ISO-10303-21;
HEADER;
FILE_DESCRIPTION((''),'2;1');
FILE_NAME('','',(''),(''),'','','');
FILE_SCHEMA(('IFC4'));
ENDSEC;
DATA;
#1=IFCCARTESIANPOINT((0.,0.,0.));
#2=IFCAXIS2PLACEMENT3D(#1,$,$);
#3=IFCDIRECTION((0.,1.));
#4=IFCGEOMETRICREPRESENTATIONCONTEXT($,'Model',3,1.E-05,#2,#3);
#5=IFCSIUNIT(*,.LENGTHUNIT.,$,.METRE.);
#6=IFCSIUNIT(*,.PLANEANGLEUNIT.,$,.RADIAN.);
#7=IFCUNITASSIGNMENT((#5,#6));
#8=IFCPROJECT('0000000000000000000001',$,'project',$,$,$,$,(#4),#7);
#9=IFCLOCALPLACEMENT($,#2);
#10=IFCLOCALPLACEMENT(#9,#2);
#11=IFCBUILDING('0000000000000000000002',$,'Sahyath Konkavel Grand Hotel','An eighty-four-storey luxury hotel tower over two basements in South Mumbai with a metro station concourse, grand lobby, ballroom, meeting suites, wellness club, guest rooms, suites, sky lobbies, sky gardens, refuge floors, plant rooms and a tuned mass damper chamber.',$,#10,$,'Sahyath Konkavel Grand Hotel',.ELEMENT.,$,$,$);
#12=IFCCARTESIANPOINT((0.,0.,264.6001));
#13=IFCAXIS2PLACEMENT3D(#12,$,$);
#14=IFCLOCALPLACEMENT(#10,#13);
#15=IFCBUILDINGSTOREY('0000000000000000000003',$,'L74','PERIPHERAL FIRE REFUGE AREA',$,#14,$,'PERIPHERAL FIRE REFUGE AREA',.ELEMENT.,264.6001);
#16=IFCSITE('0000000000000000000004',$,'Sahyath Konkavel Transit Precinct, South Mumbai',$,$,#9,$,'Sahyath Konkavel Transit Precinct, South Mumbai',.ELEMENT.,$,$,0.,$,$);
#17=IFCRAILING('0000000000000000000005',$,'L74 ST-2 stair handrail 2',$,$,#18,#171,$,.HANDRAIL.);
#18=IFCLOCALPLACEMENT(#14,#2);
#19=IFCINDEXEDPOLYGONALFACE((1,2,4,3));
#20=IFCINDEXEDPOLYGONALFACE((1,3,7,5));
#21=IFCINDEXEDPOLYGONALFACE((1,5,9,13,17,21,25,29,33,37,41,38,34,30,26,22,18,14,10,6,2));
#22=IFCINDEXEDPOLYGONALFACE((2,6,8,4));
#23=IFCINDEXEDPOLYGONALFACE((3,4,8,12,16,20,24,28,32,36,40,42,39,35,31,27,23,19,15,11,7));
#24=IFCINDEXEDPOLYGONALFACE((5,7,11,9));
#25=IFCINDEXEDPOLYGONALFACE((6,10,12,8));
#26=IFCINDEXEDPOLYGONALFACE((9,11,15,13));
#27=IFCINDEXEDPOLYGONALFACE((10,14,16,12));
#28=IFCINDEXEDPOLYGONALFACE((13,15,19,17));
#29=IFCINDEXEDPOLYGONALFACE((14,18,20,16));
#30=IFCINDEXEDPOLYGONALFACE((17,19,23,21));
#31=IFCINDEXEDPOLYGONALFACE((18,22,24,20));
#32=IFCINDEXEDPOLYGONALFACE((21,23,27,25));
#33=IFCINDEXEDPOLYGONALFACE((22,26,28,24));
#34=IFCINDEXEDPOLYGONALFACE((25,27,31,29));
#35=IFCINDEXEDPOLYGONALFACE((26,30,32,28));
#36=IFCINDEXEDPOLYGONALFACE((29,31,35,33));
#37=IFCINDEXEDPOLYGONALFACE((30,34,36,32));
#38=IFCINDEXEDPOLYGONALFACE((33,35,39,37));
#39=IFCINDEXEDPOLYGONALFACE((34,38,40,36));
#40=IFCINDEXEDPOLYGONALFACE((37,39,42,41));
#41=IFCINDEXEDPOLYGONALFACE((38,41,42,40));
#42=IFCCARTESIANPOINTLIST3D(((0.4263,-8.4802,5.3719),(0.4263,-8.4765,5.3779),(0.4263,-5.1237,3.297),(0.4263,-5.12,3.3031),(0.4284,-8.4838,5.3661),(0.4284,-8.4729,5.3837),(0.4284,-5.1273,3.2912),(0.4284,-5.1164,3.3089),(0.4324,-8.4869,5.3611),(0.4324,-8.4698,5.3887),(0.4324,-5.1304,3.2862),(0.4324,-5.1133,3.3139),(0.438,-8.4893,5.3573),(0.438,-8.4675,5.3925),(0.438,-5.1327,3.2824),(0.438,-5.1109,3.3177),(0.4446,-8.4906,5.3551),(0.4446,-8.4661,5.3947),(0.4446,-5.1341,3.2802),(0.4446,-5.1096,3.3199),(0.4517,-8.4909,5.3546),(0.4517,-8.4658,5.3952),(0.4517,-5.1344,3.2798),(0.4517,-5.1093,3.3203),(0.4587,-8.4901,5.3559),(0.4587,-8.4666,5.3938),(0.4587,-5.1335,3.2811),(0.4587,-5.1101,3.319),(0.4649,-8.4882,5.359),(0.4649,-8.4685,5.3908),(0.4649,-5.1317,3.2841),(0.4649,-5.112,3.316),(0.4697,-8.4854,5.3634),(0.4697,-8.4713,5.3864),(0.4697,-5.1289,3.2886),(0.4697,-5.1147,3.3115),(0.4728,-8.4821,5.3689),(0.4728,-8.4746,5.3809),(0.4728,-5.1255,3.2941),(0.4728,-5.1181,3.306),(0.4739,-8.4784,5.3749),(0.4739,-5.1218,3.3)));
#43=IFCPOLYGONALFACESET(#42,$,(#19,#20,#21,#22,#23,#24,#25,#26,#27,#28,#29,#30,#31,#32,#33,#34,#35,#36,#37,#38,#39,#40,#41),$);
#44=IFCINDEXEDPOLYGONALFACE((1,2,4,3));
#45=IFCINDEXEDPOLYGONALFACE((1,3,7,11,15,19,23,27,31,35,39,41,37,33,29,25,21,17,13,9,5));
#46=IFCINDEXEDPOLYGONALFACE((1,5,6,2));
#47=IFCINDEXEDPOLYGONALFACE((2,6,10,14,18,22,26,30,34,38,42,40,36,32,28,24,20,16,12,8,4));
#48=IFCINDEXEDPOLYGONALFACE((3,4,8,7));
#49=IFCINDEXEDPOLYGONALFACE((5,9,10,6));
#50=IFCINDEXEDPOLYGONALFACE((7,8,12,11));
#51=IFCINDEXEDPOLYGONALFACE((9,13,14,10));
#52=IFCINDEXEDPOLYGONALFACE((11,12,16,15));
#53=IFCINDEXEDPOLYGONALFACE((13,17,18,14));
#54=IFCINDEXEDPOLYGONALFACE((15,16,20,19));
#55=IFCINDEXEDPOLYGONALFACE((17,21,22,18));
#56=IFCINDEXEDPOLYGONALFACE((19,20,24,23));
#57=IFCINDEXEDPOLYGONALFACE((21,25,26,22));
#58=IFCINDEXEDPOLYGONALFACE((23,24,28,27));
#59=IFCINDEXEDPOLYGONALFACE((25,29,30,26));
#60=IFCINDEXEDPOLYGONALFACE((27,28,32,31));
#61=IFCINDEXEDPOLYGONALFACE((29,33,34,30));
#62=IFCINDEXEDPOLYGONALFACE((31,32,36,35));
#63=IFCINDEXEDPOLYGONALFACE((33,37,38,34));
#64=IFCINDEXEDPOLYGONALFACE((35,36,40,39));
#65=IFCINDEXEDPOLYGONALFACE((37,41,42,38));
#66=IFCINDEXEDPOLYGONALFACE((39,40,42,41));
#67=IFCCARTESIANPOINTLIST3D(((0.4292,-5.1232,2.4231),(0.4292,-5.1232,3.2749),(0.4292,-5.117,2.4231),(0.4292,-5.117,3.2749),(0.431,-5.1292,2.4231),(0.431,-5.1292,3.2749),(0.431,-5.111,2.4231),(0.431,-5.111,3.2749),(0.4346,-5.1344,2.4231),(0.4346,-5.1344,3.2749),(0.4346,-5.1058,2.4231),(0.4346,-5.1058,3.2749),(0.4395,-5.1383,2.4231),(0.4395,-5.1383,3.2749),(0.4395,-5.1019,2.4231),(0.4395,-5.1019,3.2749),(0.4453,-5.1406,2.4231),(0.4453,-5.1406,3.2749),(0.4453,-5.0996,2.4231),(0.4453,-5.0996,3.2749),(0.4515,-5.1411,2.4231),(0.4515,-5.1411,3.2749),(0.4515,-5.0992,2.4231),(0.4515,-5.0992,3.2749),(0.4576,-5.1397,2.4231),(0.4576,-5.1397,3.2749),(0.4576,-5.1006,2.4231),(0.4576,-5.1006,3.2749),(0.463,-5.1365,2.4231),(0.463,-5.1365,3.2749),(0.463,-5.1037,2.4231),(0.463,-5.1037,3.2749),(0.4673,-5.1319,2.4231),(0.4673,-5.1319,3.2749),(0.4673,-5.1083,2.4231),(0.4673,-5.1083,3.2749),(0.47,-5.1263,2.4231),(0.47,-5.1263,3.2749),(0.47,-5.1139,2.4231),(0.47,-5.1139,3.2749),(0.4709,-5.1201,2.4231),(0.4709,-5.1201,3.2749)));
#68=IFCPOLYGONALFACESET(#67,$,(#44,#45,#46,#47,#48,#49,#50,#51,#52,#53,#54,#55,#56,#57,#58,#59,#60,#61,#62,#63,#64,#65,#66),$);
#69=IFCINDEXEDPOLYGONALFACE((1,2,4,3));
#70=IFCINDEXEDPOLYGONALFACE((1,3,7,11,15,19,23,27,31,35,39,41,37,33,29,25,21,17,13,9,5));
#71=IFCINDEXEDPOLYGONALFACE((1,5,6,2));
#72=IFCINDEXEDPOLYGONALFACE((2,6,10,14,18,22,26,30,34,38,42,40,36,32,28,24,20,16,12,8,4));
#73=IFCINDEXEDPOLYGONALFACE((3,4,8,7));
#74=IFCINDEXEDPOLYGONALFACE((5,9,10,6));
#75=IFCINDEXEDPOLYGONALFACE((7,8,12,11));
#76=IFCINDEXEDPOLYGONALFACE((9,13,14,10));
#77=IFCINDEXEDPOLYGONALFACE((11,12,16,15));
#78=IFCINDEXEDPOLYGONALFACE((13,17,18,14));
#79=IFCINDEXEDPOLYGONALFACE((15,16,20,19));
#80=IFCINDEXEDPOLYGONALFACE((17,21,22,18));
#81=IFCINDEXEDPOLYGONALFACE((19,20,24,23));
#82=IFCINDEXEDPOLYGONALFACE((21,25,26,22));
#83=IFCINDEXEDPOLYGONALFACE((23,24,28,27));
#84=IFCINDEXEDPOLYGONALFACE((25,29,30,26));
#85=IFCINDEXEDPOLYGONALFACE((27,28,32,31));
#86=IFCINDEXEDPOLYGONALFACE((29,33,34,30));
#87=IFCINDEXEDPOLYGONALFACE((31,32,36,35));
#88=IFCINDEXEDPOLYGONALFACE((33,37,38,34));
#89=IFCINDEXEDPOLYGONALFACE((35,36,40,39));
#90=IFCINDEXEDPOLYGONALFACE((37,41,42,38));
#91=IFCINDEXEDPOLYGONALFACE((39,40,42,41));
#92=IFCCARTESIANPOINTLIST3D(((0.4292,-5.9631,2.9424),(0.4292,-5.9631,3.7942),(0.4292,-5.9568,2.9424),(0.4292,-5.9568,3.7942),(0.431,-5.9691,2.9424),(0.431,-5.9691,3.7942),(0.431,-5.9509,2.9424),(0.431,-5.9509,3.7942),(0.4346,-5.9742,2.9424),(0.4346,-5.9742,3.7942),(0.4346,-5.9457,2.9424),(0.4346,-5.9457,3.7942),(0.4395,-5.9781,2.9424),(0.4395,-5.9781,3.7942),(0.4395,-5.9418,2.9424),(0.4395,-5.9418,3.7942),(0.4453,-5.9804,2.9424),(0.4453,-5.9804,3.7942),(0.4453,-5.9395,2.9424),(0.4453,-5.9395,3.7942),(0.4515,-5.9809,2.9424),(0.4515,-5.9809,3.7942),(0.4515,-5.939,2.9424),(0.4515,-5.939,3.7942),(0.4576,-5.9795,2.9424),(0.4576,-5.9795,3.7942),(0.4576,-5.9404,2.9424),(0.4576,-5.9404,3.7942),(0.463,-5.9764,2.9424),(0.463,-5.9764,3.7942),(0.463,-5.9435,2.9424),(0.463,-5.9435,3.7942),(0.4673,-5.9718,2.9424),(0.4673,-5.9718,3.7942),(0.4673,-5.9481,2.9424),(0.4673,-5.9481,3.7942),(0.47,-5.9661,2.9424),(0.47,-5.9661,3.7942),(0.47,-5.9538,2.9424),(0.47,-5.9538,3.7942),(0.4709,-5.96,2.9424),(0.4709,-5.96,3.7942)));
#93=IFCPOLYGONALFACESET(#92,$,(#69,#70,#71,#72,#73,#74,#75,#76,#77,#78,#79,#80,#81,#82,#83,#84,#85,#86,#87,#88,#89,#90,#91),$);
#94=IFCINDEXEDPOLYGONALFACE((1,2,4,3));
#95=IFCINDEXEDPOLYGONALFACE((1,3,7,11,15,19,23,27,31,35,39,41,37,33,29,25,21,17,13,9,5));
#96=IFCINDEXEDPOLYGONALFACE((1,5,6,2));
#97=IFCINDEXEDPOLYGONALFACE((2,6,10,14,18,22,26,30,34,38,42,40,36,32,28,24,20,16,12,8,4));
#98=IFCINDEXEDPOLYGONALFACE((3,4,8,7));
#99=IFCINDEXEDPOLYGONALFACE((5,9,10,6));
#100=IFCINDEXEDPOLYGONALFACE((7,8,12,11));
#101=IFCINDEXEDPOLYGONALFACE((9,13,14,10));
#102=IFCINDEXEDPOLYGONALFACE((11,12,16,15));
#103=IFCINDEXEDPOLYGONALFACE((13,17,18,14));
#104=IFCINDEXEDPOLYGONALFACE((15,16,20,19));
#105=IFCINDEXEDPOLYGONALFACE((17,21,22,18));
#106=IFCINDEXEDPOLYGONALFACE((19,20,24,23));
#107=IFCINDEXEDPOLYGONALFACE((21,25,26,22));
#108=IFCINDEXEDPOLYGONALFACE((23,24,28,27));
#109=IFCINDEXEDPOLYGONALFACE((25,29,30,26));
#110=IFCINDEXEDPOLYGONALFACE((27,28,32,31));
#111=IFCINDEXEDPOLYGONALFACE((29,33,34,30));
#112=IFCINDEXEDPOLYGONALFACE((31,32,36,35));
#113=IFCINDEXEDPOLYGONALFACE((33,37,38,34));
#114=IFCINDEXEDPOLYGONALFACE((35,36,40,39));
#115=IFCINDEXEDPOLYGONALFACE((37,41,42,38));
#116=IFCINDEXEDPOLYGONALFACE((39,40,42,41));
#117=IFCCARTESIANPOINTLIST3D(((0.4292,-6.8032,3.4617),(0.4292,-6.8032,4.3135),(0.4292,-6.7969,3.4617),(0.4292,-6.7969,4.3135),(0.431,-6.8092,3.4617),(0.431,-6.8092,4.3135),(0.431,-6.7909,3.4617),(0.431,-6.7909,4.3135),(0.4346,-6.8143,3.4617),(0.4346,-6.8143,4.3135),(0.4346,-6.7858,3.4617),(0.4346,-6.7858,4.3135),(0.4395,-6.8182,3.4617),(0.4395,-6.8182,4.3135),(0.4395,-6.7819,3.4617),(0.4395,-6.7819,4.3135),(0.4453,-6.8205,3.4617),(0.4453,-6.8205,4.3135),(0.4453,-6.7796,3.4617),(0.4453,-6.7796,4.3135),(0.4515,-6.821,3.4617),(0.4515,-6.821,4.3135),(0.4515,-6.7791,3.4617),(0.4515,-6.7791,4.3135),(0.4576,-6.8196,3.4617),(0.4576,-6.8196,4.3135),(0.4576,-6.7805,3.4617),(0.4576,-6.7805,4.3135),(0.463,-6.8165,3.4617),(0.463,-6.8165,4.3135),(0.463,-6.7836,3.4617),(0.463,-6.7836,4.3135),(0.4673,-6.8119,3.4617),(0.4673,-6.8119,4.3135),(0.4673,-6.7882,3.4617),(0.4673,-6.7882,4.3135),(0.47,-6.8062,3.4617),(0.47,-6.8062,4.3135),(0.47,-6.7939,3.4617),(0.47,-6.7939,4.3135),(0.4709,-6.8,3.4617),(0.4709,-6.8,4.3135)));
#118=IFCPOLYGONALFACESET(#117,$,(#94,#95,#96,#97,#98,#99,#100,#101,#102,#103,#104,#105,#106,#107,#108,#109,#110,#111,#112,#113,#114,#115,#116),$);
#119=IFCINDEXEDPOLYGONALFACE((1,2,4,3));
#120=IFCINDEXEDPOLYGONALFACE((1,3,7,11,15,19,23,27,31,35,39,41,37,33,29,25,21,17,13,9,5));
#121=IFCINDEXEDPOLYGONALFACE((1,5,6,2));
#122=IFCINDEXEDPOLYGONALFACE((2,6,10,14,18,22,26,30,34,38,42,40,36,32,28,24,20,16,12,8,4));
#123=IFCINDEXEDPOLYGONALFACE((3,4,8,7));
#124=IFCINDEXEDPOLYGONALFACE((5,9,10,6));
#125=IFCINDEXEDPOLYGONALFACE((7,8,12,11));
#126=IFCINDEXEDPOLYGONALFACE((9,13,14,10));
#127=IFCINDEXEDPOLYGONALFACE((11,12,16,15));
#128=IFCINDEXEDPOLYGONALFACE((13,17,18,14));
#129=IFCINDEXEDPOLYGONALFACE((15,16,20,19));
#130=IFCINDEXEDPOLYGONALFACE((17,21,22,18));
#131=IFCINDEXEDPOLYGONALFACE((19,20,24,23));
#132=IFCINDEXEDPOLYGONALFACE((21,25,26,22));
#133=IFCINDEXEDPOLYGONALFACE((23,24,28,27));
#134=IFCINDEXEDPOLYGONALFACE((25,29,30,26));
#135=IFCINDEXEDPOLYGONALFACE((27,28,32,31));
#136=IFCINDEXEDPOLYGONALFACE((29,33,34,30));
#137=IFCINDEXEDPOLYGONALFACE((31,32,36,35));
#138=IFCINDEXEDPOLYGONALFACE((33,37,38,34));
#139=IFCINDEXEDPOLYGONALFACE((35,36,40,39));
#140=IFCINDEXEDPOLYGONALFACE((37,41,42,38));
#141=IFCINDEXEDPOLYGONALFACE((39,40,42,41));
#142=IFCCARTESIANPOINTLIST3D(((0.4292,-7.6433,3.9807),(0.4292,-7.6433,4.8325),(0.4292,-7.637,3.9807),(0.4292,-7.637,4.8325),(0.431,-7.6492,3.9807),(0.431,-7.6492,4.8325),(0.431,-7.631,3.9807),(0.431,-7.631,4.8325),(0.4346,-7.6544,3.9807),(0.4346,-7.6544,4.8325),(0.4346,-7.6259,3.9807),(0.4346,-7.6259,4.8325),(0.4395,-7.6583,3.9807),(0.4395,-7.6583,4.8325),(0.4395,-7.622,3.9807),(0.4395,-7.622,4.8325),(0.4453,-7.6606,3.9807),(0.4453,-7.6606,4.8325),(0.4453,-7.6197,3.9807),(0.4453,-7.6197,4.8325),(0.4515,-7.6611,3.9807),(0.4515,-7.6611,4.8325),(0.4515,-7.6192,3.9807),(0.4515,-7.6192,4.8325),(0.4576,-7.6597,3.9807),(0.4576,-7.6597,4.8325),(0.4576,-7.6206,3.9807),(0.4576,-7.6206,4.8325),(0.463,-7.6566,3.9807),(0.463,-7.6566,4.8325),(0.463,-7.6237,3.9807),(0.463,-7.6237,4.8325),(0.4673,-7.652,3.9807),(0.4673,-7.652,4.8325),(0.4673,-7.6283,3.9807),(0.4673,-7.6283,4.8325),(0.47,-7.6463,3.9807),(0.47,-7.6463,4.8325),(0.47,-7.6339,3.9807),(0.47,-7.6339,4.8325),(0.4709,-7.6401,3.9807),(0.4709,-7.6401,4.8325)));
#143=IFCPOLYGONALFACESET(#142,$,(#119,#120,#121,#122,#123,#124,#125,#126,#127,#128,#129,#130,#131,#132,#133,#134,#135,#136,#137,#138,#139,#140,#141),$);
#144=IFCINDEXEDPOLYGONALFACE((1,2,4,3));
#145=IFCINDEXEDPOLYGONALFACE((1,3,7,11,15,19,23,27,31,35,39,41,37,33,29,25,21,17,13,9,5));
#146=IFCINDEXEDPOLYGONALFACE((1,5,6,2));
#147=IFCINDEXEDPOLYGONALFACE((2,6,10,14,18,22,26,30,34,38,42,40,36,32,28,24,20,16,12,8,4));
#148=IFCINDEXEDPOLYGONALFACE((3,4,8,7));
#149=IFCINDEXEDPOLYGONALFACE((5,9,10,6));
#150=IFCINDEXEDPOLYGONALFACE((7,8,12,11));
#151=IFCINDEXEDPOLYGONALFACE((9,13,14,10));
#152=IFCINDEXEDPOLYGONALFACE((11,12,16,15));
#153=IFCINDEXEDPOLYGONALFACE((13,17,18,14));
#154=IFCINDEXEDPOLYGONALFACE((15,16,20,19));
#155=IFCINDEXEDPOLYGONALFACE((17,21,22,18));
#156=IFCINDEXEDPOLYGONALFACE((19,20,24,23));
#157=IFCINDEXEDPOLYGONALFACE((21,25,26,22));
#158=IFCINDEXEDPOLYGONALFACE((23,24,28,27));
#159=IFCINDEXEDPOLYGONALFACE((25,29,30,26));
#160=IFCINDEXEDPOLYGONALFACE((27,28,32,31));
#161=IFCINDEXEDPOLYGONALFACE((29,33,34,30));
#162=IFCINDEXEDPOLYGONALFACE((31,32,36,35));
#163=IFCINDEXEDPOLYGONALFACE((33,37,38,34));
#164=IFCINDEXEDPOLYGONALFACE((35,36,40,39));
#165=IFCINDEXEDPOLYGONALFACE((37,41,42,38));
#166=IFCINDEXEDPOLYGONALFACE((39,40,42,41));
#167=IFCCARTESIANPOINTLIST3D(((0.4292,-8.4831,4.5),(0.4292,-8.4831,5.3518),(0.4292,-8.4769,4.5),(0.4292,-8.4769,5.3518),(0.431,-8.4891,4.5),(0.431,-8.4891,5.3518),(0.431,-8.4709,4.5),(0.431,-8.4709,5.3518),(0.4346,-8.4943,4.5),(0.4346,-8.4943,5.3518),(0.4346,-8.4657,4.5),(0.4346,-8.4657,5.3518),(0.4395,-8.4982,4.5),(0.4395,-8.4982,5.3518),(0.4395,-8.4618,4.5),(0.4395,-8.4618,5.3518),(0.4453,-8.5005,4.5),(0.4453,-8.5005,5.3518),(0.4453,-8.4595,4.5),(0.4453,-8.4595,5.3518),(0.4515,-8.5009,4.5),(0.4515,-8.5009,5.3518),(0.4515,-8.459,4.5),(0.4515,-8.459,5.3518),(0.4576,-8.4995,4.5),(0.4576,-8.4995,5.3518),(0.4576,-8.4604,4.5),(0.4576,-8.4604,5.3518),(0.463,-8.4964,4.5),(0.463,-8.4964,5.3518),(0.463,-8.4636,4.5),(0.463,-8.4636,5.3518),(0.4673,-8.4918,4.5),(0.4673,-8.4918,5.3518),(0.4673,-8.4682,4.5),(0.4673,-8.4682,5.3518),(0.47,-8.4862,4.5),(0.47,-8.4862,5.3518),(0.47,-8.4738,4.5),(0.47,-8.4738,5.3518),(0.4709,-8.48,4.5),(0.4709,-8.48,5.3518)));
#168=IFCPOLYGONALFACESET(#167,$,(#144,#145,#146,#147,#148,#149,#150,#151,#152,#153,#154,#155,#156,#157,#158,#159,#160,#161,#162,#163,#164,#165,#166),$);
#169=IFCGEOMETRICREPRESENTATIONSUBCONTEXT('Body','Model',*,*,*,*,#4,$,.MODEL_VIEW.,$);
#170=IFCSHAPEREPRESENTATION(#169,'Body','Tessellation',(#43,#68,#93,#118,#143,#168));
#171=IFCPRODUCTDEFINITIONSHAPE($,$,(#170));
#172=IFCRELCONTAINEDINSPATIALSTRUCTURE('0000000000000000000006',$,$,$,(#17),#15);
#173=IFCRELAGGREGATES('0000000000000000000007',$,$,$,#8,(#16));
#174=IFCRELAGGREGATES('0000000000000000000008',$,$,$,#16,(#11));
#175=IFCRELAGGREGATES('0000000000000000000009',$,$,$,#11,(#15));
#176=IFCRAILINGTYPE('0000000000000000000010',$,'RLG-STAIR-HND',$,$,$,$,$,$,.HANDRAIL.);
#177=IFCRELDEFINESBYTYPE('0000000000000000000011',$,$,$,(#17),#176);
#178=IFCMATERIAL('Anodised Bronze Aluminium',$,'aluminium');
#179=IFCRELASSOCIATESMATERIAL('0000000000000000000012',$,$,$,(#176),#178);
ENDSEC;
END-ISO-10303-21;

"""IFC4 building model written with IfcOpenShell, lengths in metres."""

from ifc_helpers import new_model, si_unit, direction, frame, origin, origin_2d, place, context, subcontext, project, spatial, circle, extrude, material, type_object, element, save


model = new_model("IFC4")

# Units and contexts
model_context = context("Model", 3, precision=1e-05, world=origin(), true_north=direction((0.0, 1.0)))
body_context = subcontext(model_context, "Body", "Model", "MODEL_VIEW")
ifc_project = project(units=[si_unit("LENGTHUNIT", "METRE"), si_unit("PLANEANGLEUNIT", "RADIAN")], contexts=[model_context])

# Site, building, storey
site_placement = place(None, origin())
site = spatial("IfcSite", under=ifc_project, at=site_placement, Name="Sahyath Konkavel Transit Precinct, South Mumbai", LongName="Sahyath Konkavel Transit Precinct, South Mumbai", CompositionType="ELEMENT", RefElevation=0.0)
building_placement = place(site_placement, origin())
building = spatial("IfcBuilding", under=site, at=building_placement, Name="Sahyath Konkavel Grand Hotel", Description="An eighty-four-storey luxury hotel tower over two basements in South Mumbai with a metro station concourse, grand lobby, ballroom, meeting suites, wellness club, guest rooms, suites, sky lobbies, sky gardens, refuge floors, plant rooms and a tuned mass damper chamber.", LongName="Sahyath Konkavel Grand Hotel", CompositionType="ELEMENT")
storey_placement = place(building_placement, frame((0.0, 0.0, 264.6001)))
storey = spatial("IfcBuildingStorey", under=building, at=storey_placement, Name="L74", Description="PERIPHERAL FIRE REFUGE AREA", LongName="PERIPHERAL FIRE REFUGE AREA", CompositionType="ELEMENT", Elevation=264.6001)

# Railing
ifc_material_1 = material(Name="Anodised Bronze Aluminium", Category="aluminium")
railing_type_1 = type_object("IfcRailingType", Name="RLG-STAIR-HND", PredefinedType="HANDRAIL", material=ifc_material_1)
railing_1_placement = place(storey_placement, frame((0.45, -5.1201, 2.4231)))
element("IfcRailing", 1, at=railing_1_placement, inside=storey, type_object=railing_type_1, Name="L74 ST-2 stair handrail 2", PredefinedType="HANDRAIL", context=body_context, shape_type="SweptSolid", body=[
    extrude(circle(Radius=0.0239, at=origin_2d()), frame((0.0, -0.0017, 0.877), z_axis=(0.0, -0.850606, 0.525803), x_axis=(1.0, 0.0, 0.0)), (0.0, 0.0, 1.0), 3.946),
    extrude(circle(Radius=0.021, at=origin_2d()), origin(), (0.0, 0.0, 1.0), 0.8518),
    extrude(circle(Radius=0.021, at=origin_2d()), frame((0.0, -0.8398, 0.5193)), (0.0, 0.0, 1.0), 0.8518),
    extrude(circle(Radius=0.021, at=origin_2d()), frame((0.0, -1.6799, 1.0386)), (0.0, 0.0, 1.0), 0.8518),
    extrude(circle(Radius=0.021, at=origin_2d()), frame((0.0, -2.52, 1.5576)), (0.0, 0.0, 1.0), 0.8518),
    extrude(circle(Radius=0.021, at=origin_2d()), frame((0.0, -3.3599, 2.0769)), (0.0, 0.0, 1.0), 0.8518),
])

save(model, "model.ifc")
